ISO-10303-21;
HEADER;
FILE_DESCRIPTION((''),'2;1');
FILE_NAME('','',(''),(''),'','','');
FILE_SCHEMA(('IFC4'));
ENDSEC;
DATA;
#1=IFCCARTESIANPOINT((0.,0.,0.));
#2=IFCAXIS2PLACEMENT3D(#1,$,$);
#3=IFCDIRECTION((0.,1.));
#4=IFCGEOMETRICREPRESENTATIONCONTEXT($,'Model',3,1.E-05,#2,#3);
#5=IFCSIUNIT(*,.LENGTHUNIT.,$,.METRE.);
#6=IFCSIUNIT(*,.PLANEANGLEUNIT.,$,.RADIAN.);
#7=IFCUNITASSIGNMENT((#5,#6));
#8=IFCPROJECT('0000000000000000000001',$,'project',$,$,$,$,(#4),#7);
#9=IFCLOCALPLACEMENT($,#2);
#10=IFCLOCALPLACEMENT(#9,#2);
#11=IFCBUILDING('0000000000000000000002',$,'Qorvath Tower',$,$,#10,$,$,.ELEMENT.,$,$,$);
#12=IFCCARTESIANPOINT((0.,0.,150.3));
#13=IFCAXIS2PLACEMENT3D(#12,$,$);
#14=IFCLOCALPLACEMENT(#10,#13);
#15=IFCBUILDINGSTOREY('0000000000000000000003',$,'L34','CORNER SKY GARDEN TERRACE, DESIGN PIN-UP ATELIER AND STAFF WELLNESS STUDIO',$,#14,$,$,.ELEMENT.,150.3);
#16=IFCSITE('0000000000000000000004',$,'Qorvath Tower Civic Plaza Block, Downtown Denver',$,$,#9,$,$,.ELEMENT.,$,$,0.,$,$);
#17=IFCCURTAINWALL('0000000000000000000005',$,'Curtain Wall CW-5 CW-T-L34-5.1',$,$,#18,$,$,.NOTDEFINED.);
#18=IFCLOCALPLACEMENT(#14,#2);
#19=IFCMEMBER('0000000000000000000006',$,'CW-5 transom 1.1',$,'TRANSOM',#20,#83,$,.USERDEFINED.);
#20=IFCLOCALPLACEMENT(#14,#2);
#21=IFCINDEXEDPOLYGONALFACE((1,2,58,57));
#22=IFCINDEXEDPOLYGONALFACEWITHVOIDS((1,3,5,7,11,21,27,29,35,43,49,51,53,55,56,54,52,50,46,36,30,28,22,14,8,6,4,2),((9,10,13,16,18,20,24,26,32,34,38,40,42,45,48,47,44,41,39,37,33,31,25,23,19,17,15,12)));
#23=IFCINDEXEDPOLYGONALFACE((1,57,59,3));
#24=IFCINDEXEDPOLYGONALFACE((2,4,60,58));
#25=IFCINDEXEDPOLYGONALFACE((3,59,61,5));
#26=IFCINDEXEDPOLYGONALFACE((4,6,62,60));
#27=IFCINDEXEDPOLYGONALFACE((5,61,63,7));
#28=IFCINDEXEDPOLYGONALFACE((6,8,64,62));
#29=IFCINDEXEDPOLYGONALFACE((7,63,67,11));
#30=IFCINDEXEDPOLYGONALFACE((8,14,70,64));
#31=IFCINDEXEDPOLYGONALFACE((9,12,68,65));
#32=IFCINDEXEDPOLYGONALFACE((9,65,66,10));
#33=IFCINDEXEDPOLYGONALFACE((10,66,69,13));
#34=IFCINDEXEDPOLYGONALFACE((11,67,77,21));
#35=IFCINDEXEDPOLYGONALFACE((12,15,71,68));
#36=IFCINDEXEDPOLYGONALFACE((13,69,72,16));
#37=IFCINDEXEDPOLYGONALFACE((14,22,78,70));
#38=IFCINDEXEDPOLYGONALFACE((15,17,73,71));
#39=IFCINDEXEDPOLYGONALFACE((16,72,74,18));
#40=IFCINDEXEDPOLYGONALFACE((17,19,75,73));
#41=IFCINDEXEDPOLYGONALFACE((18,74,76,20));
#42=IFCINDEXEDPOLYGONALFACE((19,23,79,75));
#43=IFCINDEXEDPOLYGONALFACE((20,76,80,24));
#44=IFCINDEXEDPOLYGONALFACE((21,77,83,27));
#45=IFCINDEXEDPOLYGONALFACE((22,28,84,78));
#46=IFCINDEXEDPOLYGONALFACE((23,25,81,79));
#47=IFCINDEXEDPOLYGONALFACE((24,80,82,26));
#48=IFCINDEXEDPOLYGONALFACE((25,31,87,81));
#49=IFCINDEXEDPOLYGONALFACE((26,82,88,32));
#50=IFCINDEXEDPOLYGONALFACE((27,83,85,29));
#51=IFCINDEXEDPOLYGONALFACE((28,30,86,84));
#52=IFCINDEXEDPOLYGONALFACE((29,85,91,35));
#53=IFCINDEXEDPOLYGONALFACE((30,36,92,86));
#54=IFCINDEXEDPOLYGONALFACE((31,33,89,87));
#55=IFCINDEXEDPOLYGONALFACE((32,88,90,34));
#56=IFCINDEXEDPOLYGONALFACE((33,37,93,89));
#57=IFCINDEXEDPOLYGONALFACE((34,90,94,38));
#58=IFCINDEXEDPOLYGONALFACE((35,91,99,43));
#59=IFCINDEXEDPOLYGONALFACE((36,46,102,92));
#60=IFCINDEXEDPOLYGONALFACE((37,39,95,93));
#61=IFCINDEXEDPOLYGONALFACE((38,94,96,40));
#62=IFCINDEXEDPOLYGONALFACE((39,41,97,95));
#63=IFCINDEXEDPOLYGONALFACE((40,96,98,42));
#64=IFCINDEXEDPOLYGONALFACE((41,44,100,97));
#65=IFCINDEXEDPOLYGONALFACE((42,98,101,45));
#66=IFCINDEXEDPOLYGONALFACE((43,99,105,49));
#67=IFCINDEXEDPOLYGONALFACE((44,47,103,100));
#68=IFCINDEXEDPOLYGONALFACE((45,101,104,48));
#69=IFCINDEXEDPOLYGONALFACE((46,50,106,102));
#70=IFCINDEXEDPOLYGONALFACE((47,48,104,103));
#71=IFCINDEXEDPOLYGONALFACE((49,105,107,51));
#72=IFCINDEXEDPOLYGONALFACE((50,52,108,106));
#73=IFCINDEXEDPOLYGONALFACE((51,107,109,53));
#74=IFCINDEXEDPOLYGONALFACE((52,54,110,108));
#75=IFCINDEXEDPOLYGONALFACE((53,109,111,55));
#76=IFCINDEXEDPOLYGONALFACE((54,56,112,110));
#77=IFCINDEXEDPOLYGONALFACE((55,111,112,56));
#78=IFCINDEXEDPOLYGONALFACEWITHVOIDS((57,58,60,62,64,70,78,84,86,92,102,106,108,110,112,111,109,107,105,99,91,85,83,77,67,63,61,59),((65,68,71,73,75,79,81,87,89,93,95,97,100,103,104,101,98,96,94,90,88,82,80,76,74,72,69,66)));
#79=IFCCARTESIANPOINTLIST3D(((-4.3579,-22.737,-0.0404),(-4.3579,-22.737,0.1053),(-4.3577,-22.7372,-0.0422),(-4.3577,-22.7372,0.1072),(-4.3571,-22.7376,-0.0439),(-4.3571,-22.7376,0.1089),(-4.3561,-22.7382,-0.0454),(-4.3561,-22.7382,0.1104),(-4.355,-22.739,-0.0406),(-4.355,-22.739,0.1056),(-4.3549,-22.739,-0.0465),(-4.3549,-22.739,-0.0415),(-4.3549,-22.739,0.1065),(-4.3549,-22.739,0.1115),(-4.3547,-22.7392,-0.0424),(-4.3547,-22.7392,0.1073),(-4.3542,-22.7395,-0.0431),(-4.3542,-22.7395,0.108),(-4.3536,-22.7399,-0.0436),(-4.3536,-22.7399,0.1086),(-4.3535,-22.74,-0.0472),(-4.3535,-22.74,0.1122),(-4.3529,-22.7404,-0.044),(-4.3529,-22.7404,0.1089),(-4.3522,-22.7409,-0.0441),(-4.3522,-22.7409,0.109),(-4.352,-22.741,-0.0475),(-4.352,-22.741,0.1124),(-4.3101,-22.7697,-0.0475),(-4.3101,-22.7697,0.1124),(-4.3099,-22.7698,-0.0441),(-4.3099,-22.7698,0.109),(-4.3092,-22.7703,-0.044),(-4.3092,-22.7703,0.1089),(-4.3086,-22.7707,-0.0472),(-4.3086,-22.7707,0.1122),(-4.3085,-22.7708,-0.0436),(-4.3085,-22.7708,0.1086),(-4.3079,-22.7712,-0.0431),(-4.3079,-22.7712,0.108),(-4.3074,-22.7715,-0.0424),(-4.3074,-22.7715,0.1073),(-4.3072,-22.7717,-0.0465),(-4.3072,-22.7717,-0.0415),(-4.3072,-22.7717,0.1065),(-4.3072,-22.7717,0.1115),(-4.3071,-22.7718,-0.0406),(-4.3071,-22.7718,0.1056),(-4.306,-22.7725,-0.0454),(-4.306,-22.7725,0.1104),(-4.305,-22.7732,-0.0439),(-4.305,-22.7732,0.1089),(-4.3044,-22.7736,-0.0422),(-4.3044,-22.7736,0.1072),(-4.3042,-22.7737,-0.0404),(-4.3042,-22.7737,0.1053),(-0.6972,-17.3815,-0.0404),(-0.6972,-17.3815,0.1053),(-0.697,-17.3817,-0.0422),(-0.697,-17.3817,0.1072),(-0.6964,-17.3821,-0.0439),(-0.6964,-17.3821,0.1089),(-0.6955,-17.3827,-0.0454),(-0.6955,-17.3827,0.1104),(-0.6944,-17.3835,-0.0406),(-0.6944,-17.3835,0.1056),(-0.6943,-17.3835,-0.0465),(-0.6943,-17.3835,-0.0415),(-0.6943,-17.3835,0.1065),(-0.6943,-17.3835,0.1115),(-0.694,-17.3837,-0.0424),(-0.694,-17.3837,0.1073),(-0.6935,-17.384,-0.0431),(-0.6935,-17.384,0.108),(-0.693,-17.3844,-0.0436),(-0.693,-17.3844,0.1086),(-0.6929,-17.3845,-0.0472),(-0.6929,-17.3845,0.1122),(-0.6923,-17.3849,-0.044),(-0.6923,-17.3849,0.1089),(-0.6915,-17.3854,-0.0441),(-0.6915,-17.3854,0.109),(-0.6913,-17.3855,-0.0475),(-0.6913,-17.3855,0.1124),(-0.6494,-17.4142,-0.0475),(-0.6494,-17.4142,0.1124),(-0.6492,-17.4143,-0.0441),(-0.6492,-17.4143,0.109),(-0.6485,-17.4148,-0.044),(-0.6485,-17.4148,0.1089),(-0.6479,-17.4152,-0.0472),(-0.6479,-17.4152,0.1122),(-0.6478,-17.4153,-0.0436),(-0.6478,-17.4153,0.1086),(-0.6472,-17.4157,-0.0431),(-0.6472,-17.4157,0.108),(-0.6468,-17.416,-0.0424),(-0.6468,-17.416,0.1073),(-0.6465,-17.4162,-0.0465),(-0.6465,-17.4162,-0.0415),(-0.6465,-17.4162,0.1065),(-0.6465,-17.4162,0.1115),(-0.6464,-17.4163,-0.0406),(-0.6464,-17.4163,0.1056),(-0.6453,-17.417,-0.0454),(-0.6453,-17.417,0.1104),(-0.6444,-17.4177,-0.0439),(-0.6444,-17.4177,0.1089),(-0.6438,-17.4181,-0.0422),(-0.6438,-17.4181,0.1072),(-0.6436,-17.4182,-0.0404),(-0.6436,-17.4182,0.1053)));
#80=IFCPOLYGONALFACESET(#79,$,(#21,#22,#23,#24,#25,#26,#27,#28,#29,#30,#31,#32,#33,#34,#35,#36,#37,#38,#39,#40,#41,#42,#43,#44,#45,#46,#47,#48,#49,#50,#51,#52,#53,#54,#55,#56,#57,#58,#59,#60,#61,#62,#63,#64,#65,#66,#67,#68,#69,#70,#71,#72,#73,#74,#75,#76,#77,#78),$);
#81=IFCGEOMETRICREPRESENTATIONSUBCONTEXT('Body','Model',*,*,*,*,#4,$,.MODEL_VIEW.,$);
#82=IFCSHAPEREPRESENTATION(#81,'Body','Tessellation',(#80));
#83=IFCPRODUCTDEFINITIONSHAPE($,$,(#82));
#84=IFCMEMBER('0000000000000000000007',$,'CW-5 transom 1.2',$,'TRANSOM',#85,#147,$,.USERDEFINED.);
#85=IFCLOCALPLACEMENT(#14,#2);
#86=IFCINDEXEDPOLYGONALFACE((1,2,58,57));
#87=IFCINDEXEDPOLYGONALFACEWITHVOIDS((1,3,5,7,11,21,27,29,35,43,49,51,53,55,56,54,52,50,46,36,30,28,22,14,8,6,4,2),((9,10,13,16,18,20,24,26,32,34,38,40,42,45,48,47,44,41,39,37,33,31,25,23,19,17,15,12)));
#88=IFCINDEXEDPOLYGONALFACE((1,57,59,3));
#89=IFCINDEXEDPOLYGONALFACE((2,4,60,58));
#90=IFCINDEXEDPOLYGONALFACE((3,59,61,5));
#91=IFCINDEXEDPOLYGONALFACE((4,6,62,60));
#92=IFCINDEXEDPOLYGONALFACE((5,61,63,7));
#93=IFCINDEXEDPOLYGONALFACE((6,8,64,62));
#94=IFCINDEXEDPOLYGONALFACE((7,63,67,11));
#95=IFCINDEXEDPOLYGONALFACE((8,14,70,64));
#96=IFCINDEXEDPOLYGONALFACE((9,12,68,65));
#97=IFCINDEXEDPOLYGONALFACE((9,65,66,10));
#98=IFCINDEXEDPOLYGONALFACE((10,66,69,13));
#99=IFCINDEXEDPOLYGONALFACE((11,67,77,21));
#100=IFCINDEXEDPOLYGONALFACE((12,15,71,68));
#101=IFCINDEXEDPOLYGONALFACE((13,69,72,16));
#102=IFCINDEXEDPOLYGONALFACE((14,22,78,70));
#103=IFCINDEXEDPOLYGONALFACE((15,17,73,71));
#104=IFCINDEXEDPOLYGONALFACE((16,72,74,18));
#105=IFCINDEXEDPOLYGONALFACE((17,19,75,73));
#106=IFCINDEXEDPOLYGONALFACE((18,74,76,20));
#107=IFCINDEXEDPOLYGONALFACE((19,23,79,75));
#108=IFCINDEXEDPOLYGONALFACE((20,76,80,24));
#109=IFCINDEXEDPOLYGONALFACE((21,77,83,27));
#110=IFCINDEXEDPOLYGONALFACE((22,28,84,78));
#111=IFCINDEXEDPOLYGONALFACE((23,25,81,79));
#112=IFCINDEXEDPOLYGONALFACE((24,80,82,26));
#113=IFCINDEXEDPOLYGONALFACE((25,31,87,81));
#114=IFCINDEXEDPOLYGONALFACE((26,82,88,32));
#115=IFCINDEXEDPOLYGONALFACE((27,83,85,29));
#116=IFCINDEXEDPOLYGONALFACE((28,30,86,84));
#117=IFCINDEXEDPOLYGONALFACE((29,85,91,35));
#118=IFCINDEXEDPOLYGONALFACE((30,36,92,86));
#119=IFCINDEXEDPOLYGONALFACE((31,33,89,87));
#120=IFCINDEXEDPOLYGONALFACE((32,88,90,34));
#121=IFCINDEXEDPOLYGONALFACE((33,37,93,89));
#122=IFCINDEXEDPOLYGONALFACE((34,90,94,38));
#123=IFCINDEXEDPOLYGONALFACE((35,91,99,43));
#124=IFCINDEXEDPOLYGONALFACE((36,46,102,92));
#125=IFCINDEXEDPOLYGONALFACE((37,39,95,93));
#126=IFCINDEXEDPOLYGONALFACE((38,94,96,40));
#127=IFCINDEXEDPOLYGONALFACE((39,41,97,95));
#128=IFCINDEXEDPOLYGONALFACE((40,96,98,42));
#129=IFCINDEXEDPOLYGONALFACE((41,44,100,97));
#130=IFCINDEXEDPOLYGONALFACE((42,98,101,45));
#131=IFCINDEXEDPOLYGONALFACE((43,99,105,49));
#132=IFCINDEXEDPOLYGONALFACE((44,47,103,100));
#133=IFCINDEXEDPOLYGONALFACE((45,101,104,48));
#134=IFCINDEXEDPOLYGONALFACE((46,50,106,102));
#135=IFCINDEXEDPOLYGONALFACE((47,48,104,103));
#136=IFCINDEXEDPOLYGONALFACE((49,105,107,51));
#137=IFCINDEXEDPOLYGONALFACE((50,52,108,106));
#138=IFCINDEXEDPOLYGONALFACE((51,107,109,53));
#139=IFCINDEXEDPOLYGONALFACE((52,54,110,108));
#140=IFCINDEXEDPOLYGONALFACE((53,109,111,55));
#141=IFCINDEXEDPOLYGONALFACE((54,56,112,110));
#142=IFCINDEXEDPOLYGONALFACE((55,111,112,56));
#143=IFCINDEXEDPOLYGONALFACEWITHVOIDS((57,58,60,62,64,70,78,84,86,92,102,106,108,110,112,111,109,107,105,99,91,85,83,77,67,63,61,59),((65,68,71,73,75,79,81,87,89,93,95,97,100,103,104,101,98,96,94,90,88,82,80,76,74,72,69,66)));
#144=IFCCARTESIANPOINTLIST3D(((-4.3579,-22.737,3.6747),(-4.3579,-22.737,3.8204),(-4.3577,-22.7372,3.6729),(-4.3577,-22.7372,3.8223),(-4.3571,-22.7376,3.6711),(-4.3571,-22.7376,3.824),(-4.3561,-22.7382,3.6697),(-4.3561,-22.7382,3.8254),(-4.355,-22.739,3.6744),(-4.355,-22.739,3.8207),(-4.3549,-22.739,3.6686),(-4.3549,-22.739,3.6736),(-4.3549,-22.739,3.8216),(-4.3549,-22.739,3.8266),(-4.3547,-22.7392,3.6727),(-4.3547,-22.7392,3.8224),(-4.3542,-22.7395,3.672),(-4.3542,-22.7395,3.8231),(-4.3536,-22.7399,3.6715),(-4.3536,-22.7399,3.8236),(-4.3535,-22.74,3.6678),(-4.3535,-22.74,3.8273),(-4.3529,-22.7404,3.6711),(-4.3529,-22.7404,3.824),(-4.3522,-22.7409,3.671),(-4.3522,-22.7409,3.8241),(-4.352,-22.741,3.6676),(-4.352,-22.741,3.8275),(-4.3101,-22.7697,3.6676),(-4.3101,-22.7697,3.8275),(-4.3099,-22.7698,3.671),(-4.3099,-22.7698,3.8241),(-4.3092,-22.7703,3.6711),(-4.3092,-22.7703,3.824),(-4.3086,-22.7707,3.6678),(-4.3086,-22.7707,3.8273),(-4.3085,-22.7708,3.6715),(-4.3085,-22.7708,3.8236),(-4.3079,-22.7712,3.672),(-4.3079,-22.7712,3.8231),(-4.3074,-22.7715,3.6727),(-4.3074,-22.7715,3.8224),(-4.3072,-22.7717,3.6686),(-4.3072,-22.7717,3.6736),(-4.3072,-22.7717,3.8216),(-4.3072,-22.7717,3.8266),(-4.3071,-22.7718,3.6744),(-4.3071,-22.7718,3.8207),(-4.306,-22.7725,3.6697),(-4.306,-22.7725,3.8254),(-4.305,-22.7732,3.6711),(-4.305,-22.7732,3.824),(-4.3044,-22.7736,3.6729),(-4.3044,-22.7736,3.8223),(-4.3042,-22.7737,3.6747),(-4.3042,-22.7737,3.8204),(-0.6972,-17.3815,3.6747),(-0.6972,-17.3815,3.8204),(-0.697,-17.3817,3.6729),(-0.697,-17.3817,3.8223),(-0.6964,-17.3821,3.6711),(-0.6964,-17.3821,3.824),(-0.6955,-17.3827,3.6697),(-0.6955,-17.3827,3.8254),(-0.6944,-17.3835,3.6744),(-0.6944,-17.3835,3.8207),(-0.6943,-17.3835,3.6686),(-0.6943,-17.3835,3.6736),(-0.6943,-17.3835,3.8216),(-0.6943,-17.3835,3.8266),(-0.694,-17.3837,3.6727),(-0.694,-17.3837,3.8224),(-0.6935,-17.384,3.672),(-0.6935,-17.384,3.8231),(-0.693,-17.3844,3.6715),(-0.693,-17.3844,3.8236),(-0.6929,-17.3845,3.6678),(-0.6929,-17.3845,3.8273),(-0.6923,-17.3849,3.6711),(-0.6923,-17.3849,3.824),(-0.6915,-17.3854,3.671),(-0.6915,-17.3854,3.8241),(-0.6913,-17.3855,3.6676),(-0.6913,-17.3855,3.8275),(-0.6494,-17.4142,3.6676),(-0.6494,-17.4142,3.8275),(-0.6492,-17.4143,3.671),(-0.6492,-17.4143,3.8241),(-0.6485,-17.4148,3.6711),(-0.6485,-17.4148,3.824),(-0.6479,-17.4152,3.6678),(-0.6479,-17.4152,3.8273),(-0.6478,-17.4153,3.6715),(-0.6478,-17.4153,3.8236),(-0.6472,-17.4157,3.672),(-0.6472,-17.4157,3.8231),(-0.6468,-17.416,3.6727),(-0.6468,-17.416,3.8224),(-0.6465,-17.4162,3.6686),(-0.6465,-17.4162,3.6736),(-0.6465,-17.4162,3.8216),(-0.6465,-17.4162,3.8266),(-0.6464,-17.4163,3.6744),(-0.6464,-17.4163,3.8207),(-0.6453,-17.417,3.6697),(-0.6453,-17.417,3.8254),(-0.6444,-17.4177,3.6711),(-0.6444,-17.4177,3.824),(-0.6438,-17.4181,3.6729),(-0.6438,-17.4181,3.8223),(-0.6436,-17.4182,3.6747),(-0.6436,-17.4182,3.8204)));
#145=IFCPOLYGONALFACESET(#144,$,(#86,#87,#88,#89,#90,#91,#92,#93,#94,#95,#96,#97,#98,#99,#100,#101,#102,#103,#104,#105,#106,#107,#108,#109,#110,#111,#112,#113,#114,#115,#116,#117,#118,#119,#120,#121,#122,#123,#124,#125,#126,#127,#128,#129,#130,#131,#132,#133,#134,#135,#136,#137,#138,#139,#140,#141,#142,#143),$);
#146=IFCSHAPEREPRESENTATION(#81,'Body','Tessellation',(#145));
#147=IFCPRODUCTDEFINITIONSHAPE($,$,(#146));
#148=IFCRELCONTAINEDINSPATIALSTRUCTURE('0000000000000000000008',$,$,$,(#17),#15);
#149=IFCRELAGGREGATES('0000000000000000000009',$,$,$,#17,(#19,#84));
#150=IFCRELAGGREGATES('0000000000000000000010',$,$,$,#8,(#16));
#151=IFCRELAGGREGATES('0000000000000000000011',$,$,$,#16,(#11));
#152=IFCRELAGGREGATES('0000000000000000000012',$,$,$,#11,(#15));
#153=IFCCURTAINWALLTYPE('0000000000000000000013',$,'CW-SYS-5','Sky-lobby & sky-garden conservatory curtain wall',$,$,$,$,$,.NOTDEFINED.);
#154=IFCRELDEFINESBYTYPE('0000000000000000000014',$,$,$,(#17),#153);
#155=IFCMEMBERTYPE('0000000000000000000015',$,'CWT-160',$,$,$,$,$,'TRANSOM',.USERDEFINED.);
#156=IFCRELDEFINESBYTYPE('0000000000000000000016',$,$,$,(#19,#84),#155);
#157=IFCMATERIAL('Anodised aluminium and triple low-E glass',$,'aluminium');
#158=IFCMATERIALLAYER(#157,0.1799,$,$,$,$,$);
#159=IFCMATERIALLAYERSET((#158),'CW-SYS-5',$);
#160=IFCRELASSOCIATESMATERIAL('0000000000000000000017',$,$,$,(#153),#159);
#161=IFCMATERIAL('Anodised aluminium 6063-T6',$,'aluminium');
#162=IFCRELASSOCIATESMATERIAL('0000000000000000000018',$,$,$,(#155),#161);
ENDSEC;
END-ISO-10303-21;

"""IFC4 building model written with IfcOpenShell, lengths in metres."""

from ifc_helpers import new_model, si_unit, direction, frame, origin, origin_2d, place, context, subcontext, project, spatial, hollow_rectangle, extrude, material, layer, layer_set, material_profile, profile_set, type_object, element, aggregate, save


model = new_model("IFC4")

# Units and contexts
model_context = context("Model", 3, precision=1e-05, world=origin(), true_north=direction((0.0, 1.0)))
body_context = subcontext(model_context, "Body", "Model", "MODEL_VIEW")
ifc_project = project(units=[si_unit("LENGTHUNIT", "METRE"), si_unit("PLANEANGLEUNIT", "RADIAN")], contexts=[model_context])

# Site, building, storey
site_placement = place(None, origin())
site = spatial("IfcSite", under=ifc_project, at=site_placement, Name="Qorvath Tower Civic Plaza Block, Downtown Denver", CompositionType="ELEMENT", RefElevation=0.0)
building_placement = place(site_placement, origin())
building = spatial("IfcBuilding", under=site, at=building_placement, Name="Qorvath Tower", CompositionType="ELEMENT")
storey_placement = place(building_placement, frame((0.0, 0.0, 150.3)))
storey = spatial("IfcBuildingStorey", under=building, at=storey_placement, Name="L34", Description="CORNER SKY GARDEN TERRACE, DESIGN PIN-UP ATELIER AND STAFF WELLNESS STUDIO", CompositionType="ELEMENT", Elevation=150.3)

# Shared definitions
ifc_material_1 = material(Name="Anodised aluminium and triple low-E glass", Category="aluminium")
ifc_layer_1 = layer(ifc_material_1, 0.1799)
ifc_layer_set_1 = layer_set([ifc_layer_1], Name="CW-SYS-5")
curtain_wall_type = type_object("IfcCurtainWallType", Name="CW-SYS-5", Description="Sky-lobby & sky-garden conservatory curtain wall", PredefinedType="NOTDEFINED", material=ifc_layer_set_1)

# Curtain wall
curtain_wall_1_placement = place(storey_placement, origin())
curtain_wall_1 = element("IfcCurtainWall", 1, at=curtain_wall_1_placement, inside=storey, type_object=curtain_wall_type, Name="Curtain Wall CW-5 CW-T-L34-5.1", PredefinedType="NOTDEFINED")

# Members
ifc_material_2 = material(Name="Anodised aluminium 6063-T6", Category="aluminium")
ifc_material_profile_1 = material_profile(ifc_material_2, hollow_rectangle(XDim=0.0649, YDim=0.1599, WallThickness=0.0034, InnerFilletRadius=0.0034, OuterFilletRadius=0.0071, at=origin_2d()), Name="CWT 160x65")
ifc_profile_set_1 = profile_set([ifc_material_profile_1], Name="Anodised aluminium 6063-T6")
member_type_1 = type_object("IfcMemberType", Name="CWT-160", ElementType="TRANSOM", PredefinedType="USERDEFINED", material=ifc_profile_set_1)
member_1_placement = place(storey_placement, frame((-4.3311, -22.7554, 0.0325), z_axis=(0.564303, 0.825567, 0.0), x_axis=(-0.825567, 0.564303, 0.0)))
member_1 = element("IfcMember", 2, at=member_1_placement, type_object=member_type_1, Name="CW-5 transom 1.1", ObjectType="TRANSOM", PredefinedType="USERDEFINED", context=body_context, shape_type="SweptSolid", body=[
    extrude(hollow_rectangle(XDim=0.0649, YDim=0.1599, WallThickness=0.0034, InnerFilletRadius=0.0034, OuterFilletRadius=0.0071, at=origin_2d()), origin(), (0.0, 0.0, 1.0), 6.4871),
])
member_2_placement = place(storey_placement, frame((-4.3311, -22.7554, 3.7476), z_axis=(0.564303, 0.825567, 0.0), x_axis=(-0.825567, 0.564303, 0.0)))
member_2 = element("IfcMember", 3, at=member_2_placement, type_object=member_type_1, Name="CW-5 transom 1.2", ObjectType="TRANSOM", PredefinedType="USERDEFINED", context=body_context, shape_type="SweptSolid", body=[
    extrude(hollow_rectangle(XDim=0.0649, YDim=0.1599, WallThickness=0.0034, InnerFilletRadius=0.0034, OuterFilletRadius=0.0071, at=origin_2d()), origin(), (0.0, 0.0, 1.0), 6.4871),
])

aggregate(curtain_wall_1, [member_1, member_2])

save(model, "model.ifc")
